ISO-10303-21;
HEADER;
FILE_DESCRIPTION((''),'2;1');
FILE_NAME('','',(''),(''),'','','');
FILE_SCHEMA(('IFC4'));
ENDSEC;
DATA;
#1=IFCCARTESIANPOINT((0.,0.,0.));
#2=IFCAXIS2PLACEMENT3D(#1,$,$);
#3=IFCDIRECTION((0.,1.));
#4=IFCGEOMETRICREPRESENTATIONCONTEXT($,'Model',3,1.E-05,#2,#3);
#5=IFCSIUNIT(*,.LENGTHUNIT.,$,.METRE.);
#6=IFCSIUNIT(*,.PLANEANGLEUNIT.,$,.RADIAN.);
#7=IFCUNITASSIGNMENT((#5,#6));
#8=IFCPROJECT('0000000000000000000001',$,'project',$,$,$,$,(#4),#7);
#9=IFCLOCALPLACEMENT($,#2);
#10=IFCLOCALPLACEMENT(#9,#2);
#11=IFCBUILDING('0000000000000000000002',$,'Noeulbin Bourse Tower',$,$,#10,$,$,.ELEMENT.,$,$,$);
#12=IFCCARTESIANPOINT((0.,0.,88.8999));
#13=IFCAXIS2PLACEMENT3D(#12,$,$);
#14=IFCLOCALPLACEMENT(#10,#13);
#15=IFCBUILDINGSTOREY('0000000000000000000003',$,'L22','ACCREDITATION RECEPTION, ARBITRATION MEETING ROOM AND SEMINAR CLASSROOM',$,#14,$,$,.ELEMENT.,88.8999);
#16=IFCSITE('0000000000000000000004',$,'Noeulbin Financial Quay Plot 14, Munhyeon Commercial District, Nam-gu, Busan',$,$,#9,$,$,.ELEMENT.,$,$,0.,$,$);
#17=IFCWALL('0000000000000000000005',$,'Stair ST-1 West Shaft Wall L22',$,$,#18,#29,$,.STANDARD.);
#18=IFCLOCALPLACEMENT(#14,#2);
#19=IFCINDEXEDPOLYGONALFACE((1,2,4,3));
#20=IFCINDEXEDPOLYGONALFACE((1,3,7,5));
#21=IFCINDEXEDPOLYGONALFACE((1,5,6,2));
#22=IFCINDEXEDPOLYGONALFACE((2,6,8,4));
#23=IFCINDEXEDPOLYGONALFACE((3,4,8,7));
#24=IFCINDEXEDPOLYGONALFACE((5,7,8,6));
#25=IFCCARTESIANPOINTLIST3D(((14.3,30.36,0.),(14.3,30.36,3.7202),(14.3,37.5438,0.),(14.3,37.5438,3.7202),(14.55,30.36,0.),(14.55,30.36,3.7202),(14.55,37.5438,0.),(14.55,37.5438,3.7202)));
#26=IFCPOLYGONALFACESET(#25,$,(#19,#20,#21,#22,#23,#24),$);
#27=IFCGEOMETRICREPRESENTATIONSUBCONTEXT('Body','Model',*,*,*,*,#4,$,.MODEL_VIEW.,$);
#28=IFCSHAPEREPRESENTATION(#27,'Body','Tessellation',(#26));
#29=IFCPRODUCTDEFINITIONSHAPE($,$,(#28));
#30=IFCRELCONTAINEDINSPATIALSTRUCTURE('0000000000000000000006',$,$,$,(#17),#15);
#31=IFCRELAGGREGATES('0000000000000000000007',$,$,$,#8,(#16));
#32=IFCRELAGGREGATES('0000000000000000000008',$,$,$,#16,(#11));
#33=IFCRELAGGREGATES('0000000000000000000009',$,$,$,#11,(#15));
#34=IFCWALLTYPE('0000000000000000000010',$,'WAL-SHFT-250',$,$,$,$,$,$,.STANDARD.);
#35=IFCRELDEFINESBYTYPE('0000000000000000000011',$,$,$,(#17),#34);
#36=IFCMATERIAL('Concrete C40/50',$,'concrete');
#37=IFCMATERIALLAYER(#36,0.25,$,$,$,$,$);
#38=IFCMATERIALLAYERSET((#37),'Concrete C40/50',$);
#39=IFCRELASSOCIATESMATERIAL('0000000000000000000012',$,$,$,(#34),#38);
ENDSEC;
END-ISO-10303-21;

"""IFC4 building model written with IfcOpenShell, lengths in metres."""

from ifc_helpers import new_model, si_unit, direction, frame, frame_2d, origin, place, context, subcontext, project, spatial, rectangle, extrude, material, layer, layer_set, type_object, element, save


model = new_model("IFC4")

# Units and contexts
model_context = context("Model", 3, precision=1e-05, world=origin(), true_north=direction((0.0, 1.0)))
body_context = subcontext(model_context, "Body", "Model", "MODEL_VIEW")
ifc_project = project(units=[si_unit("LENGTHUNIT", "METRE"), si_unit("PLANEANGLEUNIT", "RADIAN")], contexts=[model_context])

# Site, building, storey
site_placement = place(None, origin())
site = spatial("IfcSite", under=ifc_project, at=site_placement, Name="Noeulbin Financial Quay Plot 14, Munhyeon Commercial District, Nam-gu, Busan", CompositionType="ELEMENT", RefElevation=0.0)
building_placement = place(site_placement, origin())
building = spatial("IfcBuilding", under=site, at=building_placement, Name="Noeulbin Bourse Tower", CompositionType="ELEMENT")
storey_placement = place(building_placement, frame((0.0, 0.0, 88.8999)))
storey = spatial("IfcBuildingStorey", under=building, at=storey_placement, Name="L22", Description="ACCREDITATION RECEPTION, ARBITRATION MEETING ROOM AND SEMINAR CLASSROOM", CompositionType="ELEMENT", Elevation=88.8999)

# Shared definitions
ifc_material_1 = material(Name="Concrete C40/50", Category="concrete")
ifc_layer_1 = layer(ifc_material_1, 0.25)
ifc_layer_set_1 = layer_set([ifc_layer_1], Name="Concrete C40/50")
wall_type_1 = type_object("IfcWallType", Name="WAL-SHFT-250", PredefinedType="STANDARD", material=ifc_layer_set_1)

# Wall
wall_1_placement = place(storey_placement, frame((14.425, 30.3601, 0.0), z_axis=(0.0, 0.0, 1.0), x_axis=(0.0, 1.0, 0.0)))
element("IfcWall", 1, at=wall_1_placement, inside=storey, type_object=wall_type_1, Name="Stair ST-1 West Shaft Wall L22", PredefinedType="STANDARD", context=body_context, shape_type="SweptSolid", body=[
    extrude(rectangle(XDim=7.1838, YDim=0.25, at=frame_2d((3.5918, 0.0))), origin(), (0.0, 0.0, 1.0), 3.7202),
])

save(model, "model.ifc")
